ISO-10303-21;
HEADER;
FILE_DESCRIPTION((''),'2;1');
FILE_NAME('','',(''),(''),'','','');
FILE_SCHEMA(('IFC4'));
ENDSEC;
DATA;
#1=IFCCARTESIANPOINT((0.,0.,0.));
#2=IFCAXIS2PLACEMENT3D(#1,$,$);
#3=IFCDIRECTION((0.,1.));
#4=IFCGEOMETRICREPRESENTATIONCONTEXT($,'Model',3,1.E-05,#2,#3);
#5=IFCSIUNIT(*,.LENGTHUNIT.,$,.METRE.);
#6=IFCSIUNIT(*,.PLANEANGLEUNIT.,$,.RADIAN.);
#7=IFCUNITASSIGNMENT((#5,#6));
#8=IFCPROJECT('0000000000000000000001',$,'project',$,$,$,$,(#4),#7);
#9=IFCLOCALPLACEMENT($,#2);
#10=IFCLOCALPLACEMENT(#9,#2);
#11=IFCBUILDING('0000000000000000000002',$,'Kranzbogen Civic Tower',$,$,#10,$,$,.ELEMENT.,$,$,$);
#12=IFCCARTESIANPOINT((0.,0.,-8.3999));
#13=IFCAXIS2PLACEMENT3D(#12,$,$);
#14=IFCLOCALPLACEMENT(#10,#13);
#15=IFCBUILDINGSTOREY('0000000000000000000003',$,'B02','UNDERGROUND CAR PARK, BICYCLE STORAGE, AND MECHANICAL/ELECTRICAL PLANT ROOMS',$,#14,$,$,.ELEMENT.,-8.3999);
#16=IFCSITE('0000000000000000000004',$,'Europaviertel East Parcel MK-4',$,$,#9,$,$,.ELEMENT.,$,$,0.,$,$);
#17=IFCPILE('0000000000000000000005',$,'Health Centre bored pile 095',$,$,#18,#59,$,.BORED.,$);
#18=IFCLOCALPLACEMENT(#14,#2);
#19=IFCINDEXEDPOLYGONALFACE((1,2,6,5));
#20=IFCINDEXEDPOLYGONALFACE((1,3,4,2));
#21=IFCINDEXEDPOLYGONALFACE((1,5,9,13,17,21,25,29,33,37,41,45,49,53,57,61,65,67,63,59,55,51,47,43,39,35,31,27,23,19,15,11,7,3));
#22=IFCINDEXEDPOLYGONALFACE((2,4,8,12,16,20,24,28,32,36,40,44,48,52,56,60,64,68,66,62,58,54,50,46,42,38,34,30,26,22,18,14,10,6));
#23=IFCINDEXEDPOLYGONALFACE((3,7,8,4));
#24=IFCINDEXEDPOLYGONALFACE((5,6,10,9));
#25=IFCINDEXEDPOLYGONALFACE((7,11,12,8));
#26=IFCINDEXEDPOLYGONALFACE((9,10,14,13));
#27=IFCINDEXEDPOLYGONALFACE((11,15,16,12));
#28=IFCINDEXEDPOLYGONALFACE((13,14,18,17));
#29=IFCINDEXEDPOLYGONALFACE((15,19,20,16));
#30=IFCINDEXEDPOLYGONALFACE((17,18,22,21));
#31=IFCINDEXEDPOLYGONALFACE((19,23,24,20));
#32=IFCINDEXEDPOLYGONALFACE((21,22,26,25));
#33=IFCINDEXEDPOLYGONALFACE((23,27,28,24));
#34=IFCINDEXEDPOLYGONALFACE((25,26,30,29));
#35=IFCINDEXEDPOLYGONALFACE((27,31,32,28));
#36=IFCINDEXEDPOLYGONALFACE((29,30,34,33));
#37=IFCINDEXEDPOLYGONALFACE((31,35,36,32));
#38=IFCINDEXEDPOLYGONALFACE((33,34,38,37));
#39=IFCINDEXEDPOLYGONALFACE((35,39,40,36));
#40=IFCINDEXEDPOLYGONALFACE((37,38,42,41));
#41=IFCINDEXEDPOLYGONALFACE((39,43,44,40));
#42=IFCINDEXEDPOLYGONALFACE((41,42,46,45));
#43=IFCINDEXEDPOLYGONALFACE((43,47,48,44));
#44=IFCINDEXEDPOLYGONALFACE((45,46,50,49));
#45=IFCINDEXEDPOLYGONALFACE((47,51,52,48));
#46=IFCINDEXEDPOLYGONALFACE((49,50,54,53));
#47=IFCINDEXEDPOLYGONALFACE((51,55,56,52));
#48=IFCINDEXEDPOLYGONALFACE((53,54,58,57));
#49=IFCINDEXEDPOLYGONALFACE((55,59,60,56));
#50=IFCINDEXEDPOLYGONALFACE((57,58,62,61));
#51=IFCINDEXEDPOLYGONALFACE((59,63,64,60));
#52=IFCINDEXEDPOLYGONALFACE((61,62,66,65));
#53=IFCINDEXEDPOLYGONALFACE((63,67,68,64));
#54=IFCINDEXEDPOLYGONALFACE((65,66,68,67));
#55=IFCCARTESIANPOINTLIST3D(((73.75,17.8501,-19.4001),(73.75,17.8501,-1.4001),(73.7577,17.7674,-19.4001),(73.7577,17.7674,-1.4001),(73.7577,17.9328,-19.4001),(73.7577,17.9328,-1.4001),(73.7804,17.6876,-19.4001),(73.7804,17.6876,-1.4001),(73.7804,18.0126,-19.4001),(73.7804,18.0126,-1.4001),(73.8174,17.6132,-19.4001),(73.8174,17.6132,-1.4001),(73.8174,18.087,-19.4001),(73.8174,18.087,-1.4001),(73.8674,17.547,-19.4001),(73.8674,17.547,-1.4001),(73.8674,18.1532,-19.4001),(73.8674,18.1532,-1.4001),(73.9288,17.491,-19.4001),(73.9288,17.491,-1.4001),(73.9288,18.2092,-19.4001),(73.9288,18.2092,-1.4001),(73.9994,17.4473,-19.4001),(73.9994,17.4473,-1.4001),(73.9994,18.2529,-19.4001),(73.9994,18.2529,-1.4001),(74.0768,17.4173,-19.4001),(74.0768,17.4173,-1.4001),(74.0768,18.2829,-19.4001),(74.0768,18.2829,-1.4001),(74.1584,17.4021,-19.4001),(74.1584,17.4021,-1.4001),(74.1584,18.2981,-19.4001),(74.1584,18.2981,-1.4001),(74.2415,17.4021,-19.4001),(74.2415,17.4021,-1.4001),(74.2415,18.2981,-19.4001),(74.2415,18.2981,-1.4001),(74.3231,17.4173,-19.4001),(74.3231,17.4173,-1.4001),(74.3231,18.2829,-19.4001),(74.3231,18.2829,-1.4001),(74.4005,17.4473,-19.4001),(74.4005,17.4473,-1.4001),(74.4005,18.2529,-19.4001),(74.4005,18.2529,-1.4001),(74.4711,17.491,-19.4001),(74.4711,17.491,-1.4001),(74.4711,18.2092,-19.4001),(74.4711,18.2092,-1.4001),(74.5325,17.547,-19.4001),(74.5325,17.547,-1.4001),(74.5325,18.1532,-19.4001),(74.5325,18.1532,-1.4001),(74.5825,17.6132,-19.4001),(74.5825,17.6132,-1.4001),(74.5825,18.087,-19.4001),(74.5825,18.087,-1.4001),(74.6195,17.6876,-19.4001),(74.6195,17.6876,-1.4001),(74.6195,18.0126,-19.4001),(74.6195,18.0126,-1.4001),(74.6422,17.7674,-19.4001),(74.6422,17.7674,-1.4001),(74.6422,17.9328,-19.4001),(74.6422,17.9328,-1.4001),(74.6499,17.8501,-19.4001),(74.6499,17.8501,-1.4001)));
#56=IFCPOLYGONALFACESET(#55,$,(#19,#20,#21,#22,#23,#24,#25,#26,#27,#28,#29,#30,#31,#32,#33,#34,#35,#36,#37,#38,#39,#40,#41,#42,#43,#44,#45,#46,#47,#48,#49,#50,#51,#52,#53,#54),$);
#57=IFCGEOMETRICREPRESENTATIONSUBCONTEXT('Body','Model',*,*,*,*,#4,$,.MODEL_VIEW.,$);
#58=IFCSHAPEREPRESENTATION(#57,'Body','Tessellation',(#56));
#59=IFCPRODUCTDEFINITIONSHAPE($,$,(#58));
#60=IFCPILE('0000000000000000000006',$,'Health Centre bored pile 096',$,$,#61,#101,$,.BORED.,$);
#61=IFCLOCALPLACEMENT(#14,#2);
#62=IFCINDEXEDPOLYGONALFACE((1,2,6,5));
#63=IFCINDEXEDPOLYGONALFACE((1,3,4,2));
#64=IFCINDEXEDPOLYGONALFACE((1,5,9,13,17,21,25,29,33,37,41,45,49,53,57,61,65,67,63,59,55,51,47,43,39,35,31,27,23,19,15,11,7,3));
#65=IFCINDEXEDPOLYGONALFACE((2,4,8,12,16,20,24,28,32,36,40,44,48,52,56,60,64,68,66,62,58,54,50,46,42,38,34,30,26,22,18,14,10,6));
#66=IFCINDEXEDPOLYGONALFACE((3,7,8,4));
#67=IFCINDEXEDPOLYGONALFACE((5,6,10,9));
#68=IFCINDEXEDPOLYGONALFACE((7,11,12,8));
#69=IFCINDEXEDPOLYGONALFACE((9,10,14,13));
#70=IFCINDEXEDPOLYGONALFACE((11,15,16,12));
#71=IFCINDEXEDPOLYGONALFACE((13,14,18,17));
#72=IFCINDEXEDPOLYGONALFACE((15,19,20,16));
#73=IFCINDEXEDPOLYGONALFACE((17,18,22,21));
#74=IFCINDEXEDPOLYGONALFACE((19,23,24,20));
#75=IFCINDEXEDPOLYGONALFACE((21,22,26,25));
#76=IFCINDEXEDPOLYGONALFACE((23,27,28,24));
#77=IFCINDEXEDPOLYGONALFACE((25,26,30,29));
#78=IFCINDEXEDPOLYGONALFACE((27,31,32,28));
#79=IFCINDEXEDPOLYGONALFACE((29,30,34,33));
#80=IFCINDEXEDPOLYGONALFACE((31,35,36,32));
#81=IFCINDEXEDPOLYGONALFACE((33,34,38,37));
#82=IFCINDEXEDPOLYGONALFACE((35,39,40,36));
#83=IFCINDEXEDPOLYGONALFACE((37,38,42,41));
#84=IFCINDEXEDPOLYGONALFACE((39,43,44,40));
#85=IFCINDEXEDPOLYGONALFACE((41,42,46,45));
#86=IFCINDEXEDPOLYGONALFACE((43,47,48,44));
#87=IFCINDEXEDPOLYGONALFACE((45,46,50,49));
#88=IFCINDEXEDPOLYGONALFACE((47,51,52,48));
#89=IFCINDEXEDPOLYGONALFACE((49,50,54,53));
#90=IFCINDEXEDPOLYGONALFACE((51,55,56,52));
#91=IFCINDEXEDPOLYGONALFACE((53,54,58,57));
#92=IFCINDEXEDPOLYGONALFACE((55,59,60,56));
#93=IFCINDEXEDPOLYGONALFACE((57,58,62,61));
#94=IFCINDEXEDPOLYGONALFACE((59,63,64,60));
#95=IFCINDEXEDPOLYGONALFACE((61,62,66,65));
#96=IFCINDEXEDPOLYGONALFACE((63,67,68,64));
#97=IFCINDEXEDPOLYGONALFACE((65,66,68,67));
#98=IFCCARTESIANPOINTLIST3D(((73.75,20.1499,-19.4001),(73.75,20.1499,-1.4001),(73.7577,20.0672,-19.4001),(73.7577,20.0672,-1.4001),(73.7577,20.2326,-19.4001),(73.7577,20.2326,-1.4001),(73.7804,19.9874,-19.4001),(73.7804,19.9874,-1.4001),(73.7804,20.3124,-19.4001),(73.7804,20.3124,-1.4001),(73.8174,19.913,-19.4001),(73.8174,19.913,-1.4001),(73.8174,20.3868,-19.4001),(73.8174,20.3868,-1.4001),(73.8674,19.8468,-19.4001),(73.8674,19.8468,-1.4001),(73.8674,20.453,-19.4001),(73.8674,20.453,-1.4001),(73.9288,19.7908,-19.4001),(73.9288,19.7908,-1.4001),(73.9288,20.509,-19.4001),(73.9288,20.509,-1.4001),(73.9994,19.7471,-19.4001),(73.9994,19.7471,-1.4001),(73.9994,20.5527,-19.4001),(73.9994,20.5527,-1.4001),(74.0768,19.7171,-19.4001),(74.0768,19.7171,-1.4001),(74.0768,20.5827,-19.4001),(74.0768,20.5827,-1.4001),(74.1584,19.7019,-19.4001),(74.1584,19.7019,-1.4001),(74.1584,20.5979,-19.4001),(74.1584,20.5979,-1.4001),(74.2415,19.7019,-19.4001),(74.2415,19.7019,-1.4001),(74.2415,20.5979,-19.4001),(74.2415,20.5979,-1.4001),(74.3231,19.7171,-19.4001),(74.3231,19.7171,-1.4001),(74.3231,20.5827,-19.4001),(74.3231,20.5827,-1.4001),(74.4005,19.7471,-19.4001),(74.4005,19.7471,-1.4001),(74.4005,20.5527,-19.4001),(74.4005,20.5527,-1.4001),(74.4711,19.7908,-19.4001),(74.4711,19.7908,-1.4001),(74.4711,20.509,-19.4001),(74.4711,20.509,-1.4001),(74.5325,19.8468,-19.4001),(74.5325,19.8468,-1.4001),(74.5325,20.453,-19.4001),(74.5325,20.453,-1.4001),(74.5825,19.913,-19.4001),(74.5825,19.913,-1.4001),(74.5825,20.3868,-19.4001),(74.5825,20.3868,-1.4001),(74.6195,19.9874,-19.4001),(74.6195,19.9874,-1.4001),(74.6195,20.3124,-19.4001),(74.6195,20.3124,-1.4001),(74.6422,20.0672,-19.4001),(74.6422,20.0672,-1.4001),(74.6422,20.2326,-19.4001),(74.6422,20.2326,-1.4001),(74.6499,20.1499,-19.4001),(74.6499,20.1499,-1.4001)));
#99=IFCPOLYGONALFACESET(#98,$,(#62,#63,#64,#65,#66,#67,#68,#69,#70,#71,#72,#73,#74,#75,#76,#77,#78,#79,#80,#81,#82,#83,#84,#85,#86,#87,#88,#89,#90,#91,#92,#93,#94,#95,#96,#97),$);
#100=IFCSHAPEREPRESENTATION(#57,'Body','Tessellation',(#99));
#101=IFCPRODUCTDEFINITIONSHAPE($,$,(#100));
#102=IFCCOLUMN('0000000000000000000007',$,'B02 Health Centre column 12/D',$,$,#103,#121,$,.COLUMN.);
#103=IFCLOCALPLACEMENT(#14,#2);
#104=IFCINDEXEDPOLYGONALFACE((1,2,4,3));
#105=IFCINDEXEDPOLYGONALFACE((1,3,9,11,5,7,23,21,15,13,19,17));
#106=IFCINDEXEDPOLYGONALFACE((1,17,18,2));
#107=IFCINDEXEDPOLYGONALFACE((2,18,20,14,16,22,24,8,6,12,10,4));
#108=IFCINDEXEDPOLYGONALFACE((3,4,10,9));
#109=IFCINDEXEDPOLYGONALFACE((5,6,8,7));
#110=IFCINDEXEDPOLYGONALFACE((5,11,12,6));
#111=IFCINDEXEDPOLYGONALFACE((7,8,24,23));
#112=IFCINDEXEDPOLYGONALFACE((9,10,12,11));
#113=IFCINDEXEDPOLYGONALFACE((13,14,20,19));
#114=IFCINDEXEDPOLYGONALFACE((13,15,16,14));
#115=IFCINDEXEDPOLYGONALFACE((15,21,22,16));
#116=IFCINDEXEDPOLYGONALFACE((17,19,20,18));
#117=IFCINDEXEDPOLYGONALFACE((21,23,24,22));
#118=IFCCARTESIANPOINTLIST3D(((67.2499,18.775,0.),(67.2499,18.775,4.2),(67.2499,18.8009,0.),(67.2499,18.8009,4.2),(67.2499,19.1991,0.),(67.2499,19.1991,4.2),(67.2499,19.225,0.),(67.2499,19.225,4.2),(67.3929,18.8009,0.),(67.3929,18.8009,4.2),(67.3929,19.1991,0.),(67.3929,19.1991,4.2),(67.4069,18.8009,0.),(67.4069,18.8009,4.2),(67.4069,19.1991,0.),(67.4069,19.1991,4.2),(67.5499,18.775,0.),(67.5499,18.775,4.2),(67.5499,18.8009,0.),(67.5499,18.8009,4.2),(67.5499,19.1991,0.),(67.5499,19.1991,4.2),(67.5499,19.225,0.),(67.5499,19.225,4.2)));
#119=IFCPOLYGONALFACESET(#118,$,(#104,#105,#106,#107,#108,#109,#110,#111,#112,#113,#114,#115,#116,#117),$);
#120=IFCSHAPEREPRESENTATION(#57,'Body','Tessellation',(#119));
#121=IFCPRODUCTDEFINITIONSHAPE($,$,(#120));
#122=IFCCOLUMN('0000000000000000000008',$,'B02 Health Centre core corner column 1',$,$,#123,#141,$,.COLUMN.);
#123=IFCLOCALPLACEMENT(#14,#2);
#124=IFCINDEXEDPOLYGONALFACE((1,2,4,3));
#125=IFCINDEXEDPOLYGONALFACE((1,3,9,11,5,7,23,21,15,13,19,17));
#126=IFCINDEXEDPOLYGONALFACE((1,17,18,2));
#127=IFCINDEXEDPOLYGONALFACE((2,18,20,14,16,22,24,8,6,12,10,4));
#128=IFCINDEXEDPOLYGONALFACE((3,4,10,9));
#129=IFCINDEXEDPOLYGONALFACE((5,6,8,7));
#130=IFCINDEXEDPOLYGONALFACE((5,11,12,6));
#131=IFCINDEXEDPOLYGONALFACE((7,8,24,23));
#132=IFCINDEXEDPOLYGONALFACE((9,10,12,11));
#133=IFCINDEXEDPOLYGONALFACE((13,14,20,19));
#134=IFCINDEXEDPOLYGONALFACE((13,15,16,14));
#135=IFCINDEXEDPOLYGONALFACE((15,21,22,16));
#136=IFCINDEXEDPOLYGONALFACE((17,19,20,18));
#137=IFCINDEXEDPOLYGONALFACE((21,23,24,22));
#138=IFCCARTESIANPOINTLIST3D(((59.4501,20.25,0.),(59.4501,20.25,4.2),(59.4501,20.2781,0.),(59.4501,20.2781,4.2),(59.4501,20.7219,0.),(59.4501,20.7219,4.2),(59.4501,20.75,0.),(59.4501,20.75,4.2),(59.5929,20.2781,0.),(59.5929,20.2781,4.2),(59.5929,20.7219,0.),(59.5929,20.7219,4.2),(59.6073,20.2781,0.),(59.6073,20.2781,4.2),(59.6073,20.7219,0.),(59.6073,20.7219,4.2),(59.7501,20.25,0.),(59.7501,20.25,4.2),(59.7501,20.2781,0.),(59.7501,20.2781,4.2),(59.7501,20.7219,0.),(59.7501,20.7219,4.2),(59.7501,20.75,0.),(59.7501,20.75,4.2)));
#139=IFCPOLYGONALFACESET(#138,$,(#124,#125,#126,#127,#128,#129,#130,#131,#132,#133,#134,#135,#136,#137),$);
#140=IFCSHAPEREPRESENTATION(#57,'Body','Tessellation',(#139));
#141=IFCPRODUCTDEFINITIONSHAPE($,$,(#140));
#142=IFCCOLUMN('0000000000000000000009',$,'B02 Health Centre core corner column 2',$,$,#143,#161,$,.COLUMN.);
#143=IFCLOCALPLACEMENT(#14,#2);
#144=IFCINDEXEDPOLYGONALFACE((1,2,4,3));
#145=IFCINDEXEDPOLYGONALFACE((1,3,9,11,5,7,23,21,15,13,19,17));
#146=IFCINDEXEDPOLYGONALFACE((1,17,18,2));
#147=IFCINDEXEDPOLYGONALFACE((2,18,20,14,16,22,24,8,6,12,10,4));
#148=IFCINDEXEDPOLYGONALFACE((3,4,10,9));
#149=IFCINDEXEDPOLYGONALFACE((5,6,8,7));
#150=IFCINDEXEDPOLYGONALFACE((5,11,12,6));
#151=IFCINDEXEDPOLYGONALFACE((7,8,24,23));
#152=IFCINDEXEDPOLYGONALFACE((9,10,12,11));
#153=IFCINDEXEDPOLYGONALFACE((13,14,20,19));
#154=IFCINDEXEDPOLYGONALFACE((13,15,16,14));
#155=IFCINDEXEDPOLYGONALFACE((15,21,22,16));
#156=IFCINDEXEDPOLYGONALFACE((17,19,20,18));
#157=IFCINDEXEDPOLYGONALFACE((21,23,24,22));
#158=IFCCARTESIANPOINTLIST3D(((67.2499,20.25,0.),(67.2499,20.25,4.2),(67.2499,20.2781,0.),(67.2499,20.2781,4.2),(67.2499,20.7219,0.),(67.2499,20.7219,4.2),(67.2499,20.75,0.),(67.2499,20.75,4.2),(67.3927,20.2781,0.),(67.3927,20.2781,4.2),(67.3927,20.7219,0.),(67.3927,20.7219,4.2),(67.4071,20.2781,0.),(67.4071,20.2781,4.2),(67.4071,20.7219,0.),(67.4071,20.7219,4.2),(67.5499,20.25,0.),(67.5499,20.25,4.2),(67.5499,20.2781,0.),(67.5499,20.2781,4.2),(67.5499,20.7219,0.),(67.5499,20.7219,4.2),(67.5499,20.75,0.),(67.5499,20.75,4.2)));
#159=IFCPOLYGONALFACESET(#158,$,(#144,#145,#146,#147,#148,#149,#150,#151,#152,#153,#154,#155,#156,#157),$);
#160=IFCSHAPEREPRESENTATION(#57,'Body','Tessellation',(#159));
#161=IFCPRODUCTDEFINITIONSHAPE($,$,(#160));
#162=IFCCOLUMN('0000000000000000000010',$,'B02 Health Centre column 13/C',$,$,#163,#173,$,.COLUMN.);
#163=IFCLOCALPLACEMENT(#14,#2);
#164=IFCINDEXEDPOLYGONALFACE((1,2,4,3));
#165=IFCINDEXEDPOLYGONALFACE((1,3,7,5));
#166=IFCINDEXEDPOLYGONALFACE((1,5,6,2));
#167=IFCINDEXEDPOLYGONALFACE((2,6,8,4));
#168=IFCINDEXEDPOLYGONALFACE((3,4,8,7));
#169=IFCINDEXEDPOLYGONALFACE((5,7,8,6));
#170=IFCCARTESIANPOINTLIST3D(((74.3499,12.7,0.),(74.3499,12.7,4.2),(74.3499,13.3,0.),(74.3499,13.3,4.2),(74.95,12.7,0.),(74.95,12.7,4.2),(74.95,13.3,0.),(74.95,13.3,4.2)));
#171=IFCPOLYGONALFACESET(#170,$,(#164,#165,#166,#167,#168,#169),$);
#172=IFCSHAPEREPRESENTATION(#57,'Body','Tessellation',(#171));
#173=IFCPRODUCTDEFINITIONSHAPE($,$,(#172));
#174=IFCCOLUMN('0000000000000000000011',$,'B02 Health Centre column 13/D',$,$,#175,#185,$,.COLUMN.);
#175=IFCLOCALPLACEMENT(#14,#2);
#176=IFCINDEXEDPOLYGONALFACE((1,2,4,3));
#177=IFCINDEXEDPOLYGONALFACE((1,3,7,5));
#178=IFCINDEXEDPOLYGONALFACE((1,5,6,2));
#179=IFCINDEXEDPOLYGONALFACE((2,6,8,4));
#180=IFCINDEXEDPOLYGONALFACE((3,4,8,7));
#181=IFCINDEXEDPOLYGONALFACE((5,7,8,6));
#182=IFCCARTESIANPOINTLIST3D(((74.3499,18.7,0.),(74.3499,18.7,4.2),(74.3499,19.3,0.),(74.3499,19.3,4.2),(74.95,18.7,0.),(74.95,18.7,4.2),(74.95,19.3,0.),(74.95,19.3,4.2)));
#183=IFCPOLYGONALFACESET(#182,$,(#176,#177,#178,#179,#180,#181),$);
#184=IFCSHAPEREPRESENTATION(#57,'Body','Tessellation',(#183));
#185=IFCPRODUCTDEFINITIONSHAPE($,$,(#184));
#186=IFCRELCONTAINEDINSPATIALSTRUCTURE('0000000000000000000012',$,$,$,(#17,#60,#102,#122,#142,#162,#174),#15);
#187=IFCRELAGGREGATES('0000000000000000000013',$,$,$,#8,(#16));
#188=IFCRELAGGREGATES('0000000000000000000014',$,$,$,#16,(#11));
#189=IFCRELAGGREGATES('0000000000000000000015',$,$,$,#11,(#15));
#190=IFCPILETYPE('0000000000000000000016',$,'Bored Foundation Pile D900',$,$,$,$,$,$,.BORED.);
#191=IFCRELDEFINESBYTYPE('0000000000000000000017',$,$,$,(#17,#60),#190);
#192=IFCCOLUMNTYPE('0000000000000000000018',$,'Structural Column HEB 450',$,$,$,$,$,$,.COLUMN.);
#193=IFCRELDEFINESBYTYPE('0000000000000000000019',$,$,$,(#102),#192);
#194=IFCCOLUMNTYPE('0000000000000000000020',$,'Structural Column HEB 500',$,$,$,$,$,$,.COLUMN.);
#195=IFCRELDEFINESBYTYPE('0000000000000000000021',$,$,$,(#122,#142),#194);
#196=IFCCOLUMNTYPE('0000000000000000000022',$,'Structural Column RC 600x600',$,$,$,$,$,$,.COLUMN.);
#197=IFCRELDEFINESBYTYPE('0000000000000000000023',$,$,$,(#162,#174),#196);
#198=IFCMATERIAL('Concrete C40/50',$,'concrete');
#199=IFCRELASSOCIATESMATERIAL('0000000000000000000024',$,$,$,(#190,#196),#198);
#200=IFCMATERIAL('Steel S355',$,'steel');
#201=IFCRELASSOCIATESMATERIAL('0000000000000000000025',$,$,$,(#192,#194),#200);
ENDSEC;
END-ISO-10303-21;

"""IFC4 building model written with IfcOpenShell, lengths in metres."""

from ifc_helpers import new_model, si_unit, direction, frame, origin, origin_2d, place, context, subcontext, project, spatial, rectangle, circle, i_section, extrude, material, material_profile, profile_set, type_object, element, save


model = new_model("IFC4")

# Units and contexts
model_context = context("Model", 3, precision=1e-05, world=origin(), true_north=direction((0.0, 1.0)))
body_context = subcontext(model_context, "Body", "Model", "MODEL_VIEW")
ifc_project = project(units=[si_unit("LENGTHUNIT", "METRE"), si_unit("PLANEANGLEUNIT", "RADIAN")], contexts=[model_context])

# Site, building, storey
site_placement = place(None, origin())
site = spatial("IfcSite", under=ifc_project, at=site_placement, Name="Europaviertel East Parcel MK-4", CompositionType="ELEMENT", RefElevation=0.0)
building_placement = place(site_placement, origin())
building = spatial("IfcBuilding", under=site, at=building_placement, Name="Kranzbogen Civic Tower", CompositionType="ELEMENT")
storey_placement = place(building_placement, frame((0.0, 0.0, -8.3999)))
storey = spatial("IfcBuildingStorey", under=building, at=storey_placement, Name="B02", Description="UNDERGROUND CAR PARK, BICYCLE STORAGE, AND MECHANICAL/ELECTRICAL PLANT ROOMS", CompositionType="ELEMENT", Elevation=-8.3999)

# Piles
ifc_material_1 = material(Name="Concrete C40/50", Category="concrete")
ifc_material_profile_1 = material_profile(ifc_material_1, circle(Radius=0.45, at=origin_2d()), Name="PILE D900")
ifc_profile_set_1 = profile_set([ifc_material_profile_1], Name="Concrete C40/50")
pile_type_1 = type_object("IfcPileType", Name="Bored Foundation Pile D900", PredefinedType="BORED", material=ifc_profile_set_1)
for number, where, z_axis, x_axis, name in (
    (1, (74.2, 17.8501, -1.4001), (0.0, 0.0, -1.0), (1.0, 0.0, 0.0), "Health Centre bored pile 095"),
    (2, (74.2, 20.1499, -1.4001), (0.0, 0.0, -1.0), (1.0, 0.0, 0.0), "Health Centre bored pile 096"),
):
    element("IfcPile", number, at=place(storey_placement, frame(where, z_axis=z_axis, x_axis=x_axis)), inside=storey, type_object=pile_type_1, Name=name, PredefinedType="BORED", context=body_context, shape_type="SweptSolid", body=[
        extrude(circle(Radius=0.45, at=origin_2d()), origin(), (0.0, 0.0, 1.0), 18.0),
    ])

# Columns
ifc_material_2 = material(Name="Steel S355", Category="steel")
ifc_material_profile_2 = material_profile(ifc_material_2, i_section(OverallWidth=0.3, OverallDepth=0.45, WebThickness=0.0139, FlangeThickness=0.0259, at=origin_2d()), Name="HEB 450")
ifc_profile_set_2 = profile_set([ifc_material_profile_2], Name="Steel S355")
column_type_1 = type_object("IfcColumnType", Name="Structural Column HEB 450", PredefinedType="COLUMN", material=ifc_profile_set_2)
column_placement = place(storey_placement, frame((67.3999, 19.0, 0.0), z_axis=(0.0, 0.0, 1.0), x_axis=(1.0, 0.0, 0.0)))
element("IfcColumn", 3, at=column_placement, inside=storey, type_object=column_type_1, Name="B02 Health Centre column 12/D", PredefinedType="COLUMN", context=body_context, shape_type="SweptSolid", body=[
    extrude(i_section(OverallWidth=0.3, OverallDepth=0.45, WebThickness=0.0139, FlangeThickness=0.0259, at=origin_2d()), origin(), (0.0, 0.0, 1.0), 4.2),
])
ifc_material_profile_3 = material_profile(ifc_material_2, i_section(OverallWidth=0.3, OverallDepth=0.5, WebThickness=0.0144, FlangeThickness=0.0281, at=origin_2d()), Name="HEB 500")
ifc_profile_set_3 = profile_set([ifc_material_profile_3], Name="Steel S355")
column_type_2 = type_object("IfcColumnType", Name="Structural Column HEB 500", PredefinedType="COLUMN", material=ifc_profile_set_3)
for number, where, z_axis, x_axis, name in (
    (4, (59.6001, 20.5, 0.0), (0.0, 0.0, 1.0), (1.0, 0.0, 0.0), "B02 Health Centre core corner column 1"),
    (5, (67.3999, 20.5, 0.0), (0.0, 0.0, 1.0), (1.0, 0.0, 0.0), "B02 Health Centre core corner column 2"),
):
    element("IfcColumn", number, at=place(storey_placement, frame(where, z_axis=z_axis, x_axis=x_axis)), inside=storey, type_object=column_type_2, Name=name, PredefinedType="COLUMN", context=body_context, shape_type="SweptSolid", body=[
        extrude(i_section(OverallWidth=0.3, OverallDepth=0.5, WebThickness=0.0144, FlangeThickness=0.0281, at=origin_2d()), origin(), (0.0, 0.0, 1.0), 4.2),
    ])
ifc_material_profile_4 = material_profile(ifc_material_1, rectangle(XDim=0.6001, YDim=0.6001, at=origin_2d()), Name="RC 600x600")
ifc_profile_set_4 = profile_set([ifc_material_profile_4], Name="Concrete C40/50")
column_type_3 = type_object("IfcColumnType", Name="Structural Column RC 600x600", PredefinedType="COLUMN", material=ifc_profile_set_4)
for number, where, z_axis, x_axis, name in (
    (6, (74.6499, 13.0, 0.0), (0.0, 0.0, 1.0), (1.0, 0.0, 0.0), "B02 Health Centre column 13/C"),
    (7, (74.6499, 19.0, 0.0), (0.0, 0.0, 1.0), (1.0, 0.0, 0.0), "B02 Health Centre column 13/D"),
):
    element("IfcColumn", number, at=place(storey_placement, frame(where, z_axis=z_axis, x_axis=x_axis)), inside=storey, type_object=column_type_3, Name=name, PredefinedType="COLUMN", context=body_context, shape_type="SweptSolid", body=[
        extrude(rectangle(XDim=0.6001, YDim=0.6001, at=origin_2d()), origin(), (0.0, 0.0, 1.0), 4.2),
    ])

save(model, "model.ifc")
